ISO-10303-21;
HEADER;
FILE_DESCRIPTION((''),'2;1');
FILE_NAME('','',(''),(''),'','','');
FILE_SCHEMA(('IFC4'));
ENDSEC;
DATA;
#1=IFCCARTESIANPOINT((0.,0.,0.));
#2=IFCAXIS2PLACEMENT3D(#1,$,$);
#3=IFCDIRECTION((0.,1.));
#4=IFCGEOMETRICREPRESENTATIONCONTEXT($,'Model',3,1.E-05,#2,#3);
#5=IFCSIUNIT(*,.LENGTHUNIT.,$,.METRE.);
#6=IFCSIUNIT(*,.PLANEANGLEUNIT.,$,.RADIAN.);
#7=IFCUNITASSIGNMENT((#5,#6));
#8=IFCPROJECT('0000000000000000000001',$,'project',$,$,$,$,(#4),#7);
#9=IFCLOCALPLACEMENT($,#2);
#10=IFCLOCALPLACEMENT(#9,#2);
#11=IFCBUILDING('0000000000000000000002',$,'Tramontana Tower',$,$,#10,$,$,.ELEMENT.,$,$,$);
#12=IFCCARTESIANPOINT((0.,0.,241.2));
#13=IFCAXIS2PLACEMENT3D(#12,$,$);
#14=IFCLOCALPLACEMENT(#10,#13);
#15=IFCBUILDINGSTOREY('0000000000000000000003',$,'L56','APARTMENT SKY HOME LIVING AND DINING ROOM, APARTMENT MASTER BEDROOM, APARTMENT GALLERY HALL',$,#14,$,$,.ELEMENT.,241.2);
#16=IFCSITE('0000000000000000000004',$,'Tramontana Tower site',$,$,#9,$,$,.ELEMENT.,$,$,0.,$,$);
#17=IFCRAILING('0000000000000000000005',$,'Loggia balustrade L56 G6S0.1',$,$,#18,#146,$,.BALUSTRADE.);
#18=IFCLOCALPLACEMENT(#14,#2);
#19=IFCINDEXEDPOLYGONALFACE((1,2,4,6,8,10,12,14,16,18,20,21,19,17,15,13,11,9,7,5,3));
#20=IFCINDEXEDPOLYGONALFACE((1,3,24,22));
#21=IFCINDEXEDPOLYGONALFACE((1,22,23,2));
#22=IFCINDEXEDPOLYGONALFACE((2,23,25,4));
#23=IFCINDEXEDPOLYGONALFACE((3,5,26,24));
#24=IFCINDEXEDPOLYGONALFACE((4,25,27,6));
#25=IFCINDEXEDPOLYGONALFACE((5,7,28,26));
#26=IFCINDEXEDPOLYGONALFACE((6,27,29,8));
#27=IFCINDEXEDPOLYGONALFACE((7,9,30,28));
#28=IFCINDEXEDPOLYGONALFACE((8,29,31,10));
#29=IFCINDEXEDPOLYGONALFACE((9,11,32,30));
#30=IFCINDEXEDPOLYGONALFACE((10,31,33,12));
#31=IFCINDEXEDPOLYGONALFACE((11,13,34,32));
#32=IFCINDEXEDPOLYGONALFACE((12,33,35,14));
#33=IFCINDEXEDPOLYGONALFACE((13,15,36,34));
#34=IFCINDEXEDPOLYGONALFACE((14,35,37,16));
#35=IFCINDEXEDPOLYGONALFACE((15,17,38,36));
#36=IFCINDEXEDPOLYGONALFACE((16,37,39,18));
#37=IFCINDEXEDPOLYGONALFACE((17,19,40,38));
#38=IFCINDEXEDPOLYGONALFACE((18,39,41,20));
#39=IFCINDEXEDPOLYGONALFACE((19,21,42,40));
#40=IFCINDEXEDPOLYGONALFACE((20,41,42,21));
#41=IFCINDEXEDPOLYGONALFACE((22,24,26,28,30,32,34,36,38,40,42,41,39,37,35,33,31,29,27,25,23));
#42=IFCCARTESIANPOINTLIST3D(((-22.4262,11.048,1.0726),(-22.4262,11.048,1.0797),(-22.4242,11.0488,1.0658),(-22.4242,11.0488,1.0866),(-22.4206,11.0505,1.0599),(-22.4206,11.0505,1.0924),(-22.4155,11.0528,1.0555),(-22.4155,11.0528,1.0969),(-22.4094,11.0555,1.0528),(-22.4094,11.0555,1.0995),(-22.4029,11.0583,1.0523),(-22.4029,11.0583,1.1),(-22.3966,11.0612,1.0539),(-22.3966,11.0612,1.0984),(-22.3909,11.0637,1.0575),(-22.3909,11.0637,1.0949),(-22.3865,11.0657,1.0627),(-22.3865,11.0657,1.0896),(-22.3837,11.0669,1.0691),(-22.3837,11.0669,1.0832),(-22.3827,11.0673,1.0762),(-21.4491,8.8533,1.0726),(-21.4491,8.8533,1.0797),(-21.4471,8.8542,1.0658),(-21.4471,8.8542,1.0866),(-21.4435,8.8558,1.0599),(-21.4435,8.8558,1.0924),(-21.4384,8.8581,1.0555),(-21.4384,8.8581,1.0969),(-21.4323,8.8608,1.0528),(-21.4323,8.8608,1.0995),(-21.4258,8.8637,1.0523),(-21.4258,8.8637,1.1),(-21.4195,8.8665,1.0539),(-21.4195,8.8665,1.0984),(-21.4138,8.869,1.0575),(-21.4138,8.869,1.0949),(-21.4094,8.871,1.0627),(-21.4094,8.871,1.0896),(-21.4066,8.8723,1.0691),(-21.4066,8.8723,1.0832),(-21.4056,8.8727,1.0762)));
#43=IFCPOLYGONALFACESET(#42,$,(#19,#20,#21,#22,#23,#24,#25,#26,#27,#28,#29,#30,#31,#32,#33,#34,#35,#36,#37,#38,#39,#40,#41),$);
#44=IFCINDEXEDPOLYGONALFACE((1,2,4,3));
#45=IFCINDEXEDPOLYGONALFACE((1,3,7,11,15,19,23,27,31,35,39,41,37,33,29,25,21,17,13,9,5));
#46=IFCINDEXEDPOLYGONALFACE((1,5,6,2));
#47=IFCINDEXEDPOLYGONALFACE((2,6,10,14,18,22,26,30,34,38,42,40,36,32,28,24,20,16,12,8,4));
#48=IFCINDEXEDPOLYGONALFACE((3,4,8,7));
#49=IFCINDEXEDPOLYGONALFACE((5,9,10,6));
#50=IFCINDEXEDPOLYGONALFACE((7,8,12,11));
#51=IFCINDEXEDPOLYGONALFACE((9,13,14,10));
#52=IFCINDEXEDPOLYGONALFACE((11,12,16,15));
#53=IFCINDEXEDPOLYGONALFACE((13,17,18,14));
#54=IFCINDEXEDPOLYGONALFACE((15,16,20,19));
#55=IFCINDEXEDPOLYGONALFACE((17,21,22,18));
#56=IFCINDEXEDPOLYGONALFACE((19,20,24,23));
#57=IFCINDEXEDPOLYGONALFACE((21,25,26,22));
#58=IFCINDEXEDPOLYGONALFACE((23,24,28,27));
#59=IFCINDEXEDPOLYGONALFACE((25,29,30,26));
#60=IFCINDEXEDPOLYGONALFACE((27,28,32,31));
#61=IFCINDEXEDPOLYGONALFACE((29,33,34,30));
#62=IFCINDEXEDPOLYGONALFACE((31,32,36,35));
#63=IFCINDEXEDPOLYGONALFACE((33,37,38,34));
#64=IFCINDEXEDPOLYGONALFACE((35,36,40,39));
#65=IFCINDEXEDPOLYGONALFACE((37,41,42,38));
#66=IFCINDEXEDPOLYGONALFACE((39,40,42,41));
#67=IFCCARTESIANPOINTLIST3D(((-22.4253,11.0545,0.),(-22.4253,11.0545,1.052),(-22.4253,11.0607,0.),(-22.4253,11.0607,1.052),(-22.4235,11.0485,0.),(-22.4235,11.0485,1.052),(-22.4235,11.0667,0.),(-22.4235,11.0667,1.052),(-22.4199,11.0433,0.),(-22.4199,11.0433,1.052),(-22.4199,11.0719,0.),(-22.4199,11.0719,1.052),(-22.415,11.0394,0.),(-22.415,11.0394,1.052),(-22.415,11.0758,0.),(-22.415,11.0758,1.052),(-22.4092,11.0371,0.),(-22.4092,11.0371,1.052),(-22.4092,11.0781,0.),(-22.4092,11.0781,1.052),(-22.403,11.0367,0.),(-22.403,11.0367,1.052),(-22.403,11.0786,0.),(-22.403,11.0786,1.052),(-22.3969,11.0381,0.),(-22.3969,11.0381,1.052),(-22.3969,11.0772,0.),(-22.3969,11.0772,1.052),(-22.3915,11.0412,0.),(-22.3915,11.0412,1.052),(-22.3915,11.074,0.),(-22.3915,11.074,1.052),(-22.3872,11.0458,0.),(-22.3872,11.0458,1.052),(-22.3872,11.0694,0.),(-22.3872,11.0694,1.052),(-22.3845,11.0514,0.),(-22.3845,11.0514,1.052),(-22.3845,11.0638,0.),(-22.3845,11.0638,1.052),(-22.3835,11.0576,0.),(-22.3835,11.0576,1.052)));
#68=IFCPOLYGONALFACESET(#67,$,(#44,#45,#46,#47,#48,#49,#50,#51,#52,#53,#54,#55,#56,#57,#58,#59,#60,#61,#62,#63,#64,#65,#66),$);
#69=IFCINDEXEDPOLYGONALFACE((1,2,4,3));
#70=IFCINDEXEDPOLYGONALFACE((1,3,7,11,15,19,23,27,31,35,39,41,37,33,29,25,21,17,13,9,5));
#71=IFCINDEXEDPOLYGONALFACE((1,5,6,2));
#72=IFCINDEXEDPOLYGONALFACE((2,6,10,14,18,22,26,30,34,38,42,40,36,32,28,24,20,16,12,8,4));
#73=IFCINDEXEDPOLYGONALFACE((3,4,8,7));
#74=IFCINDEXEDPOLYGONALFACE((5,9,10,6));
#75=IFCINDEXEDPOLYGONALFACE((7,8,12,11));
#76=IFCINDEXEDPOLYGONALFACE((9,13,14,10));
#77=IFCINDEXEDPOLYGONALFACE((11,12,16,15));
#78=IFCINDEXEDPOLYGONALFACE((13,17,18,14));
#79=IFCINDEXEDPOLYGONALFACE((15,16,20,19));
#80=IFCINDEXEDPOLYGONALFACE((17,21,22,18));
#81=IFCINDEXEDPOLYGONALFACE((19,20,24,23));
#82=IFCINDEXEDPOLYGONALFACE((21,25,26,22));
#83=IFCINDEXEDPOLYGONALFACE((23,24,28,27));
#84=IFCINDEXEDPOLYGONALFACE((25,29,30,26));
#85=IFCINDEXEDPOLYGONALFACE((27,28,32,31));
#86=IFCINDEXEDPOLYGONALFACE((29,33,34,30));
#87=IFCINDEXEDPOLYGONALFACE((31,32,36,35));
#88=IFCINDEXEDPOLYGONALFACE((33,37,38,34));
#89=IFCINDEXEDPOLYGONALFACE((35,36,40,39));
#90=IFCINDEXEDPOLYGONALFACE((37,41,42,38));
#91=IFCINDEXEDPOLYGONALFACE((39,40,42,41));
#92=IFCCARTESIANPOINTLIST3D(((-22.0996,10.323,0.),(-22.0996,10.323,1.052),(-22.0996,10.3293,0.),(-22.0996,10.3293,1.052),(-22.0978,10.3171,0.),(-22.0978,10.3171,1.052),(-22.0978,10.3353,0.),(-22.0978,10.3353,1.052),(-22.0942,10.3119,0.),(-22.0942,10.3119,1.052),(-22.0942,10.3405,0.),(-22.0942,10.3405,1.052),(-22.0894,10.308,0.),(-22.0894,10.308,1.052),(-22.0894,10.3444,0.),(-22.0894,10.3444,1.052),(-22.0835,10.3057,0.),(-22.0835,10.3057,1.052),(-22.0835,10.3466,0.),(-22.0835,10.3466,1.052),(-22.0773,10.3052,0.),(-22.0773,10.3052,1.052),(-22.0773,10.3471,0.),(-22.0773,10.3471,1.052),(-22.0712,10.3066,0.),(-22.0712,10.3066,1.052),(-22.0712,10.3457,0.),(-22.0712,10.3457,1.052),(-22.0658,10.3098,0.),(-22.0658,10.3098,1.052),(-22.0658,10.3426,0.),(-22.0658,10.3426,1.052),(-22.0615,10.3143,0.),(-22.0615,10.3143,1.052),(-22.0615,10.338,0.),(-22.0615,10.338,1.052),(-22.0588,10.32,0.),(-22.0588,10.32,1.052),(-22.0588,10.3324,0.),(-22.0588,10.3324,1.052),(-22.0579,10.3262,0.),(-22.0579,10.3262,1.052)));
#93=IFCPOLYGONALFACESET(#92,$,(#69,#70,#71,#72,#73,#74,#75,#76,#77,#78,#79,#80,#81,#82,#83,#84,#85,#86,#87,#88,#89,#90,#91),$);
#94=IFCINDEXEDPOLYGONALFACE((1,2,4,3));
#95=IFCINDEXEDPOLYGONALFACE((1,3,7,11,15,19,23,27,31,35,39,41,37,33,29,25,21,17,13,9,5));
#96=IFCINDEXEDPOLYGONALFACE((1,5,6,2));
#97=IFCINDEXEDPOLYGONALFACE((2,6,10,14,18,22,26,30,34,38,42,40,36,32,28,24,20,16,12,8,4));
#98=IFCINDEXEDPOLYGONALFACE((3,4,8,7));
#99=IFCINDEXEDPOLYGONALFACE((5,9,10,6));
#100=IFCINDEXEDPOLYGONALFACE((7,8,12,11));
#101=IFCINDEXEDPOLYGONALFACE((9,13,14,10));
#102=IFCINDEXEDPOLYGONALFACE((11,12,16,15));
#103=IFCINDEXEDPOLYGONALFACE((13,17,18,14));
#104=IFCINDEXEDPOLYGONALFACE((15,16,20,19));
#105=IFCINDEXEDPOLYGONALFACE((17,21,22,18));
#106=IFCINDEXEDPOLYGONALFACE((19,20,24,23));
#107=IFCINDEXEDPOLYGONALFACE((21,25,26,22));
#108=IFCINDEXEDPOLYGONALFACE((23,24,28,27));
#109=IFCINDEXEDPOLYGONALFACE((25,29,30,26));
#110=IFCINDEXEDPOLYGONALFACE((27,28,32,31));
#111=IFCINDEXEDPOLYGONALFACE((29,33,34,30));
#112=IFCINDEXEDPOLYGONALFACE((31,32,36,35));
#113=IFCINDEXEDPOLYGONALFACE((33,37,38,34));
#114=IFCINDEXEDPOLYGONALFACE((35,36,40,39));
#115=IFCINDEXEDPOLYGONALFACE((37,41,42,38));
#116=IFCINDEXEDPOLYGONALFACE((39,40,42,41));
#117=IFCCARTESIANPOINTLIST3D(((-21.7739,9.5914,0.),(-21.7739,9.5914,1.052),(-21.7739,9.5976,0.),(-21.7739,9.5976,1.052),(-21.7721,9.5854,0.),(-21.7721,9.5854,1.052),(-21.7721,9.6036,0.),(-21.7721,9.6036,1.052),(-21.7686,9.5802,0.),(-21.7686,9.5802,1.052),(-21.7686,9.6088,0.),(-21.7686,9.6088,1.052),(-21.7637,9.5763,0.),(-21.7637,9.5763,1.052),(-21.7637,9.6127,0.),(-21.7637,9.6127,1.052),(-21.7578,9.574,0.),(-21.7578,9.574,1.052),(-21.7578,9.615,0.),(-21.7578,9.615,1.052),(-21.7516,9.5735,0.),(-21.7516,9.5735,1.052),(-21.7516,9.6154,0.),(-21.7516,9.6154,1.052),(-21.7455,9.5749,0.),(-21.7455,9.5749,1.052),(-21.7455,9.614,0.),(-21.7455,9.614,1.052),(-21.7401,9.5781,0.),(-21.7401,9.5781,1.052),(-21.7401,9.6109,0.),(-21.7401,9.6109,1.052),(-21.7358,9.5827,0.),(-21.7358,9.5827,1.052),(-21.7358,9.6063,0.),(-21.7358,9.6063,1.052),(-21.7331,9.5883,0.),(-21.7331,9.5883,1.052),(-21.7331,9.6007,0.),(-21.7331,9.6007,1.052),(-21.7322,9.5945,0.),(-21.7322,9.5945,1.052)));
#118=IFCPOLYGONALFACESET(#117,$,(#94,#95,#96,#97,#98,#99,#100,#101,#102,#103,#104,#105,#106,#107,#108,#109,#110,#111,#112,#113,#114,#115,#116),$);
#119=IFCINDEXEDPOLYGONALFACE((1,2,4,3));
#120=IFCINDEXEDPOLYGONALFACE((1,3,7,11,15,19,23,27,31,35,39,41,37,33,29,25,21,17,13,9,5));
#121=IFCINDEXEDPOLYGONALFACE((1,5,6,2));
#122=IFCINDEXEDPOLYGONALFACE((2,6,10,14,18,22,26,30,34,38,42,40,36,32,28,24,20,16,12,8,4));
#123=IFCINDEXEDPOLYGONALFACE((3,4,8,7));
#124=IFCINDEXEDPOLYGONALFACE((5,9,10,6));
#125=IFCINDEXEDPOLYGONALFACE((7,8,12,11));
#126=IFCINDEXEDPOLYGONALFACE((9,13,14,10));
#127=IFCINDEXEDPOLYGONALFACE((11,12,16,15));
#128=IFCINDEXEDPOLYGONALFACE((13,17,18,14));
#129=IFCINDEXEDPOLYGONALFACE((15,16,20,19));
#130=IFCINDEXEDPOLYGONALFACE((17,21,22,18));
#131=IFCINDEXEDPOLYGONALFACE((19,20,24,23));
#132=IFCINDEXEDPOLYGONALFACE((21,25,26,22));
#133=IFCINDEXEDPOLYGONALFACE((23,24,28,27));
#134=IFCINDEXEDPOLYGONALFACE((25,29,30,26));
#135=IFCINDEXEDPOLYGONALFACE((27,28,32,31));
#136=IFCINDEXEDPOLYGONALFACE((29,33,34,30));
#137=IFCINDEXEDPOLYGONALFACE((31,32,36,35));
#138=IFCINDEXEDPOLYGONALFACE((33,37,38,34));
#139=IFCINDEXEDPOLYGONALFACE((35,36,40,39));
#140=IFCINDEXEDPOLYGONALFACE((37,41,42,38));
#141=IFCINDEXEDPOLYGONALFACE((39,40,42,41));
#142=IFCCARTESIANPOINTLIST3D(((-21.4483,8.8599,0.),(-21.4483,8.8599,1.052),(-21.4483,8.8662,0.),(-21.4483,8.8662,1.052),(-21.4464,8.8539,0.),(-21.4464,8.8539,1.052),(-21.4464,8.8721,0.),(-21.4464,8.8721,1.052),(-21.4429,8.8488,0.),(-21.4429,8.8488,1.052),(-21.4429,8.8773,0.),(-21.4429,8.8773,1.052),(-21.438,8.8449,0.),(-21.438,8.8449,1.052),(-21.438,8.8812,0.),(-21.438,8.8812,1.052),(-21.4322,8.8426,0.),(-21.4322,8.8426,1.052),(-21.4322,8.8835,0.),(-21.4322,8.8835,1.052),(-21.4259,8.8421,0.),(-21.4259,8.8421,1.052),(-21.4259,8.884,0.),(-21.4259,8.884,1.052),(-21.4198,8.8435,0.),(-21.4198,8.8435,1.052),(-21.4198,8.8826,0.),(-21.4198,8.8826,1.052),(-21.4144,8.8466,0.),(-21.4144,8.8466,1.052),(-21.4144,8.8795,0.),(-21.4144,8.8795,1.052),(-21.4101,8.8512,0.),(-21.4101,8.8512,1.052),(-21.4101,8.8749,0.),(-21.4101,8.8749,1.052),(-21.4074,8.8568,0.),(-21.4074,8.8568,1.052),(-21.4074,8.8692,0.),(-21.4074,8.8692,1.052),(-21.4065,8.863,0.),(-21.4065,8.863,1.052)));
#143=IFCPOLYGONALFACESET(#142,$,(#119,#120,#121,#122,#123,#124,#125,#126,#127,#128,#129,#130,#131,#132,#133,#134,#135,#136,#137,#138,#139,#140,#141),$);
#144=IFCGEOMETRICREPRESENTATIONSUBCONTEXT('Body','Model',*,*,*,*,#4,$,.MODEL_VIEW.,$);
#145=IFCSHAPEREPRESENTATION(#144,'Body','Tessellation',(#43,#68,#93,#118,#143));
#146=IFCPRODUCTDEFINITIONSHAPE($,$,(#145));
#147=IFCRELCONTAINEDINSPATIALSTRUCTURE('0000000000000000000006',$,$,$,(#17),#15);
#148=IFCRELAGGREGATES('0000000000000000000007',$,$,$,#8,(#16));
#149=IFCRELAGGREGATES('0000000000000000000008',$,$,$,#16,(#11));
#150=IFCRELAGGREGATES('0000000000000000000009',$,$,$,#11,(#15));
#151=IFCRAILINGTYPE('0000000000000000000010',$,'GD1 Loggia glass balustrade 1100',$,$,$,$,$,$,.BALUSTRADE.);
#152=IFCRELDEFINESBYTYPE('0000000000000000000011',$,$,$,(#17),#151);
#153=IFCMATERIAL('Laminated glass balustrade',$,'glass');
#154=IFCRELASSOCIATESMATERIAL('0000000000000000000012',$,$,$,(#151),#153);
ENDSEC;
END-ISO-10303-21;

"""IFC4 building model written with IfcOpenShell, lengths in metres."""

from ifc_helpers import new_model, si_unit, direction, frame, origin, origin_2d, place, context, subcontext, project, spatial, circle, extrude, material, type_object, element, save


model = new_model("IFC4")

# Units and contexts
model_context = context("Model", 3, precision=1e-05, world=origin(), true_north=direction((0.0, 1.0)))
body_context = subcontext(model_context, "Body", "Model", "MODEL_VIEW")
ifc_project = project(units=[si_unit("LENGTHUNIT", "METRE"), si_unit("PLANEANGLEUNIT", "RADIAN")], contexts=[model_context])

# Site, building, storey
site_placement = place(None, origin())
site = spatial("IfcSite", under=ifc_project, at=site_placement, Name="Tramontana Tower site", CompositionType="ELEMENT", RefElevation=0.0)
building_placement = place(site_placement, origin())
building = spatial("IfcBuilding", under=site, at=building_placement, Name="Tramontana Tower", CompositionType="ELEMENT")
storey_placement = place(building_placement, frame((0.0, 0.0, 241.2)))
storey = spatial("IfcBuildingStorey", under=building, at=storey_placement, Name="L56", Description="APARTMENT SKY HOME LIVING AND DINING ROOM, APARTMENT MASTER BEDROOM, APARTMENT GALLERY HALL", CompositionType="ELEMENT", Elevation=241.2)

# Railing
ifc_material_1 = material(Name="Laminated glass balustrade", Category="glass")
railing_type = type_object("IfcRailingType", Name="GD1 Loggia glass balustrade 1100", PredefinedType="BALUSTRADE", material=ifc_material_1)
railing_placement = place(storey_placement, frame((-22.4045, 11.0576, 0.0)))
element("IfcRailing", 1, at=railing_placement, inside=storey, type_object=railing_type, Name="Loggia balustrade L56 G6S0.1", PredefinedType="BALUSTRADE", context=body_context, shape_type="SweptSolid", body=[
    extrude(circle(Radius=0.0239, at=origin_2d()), frame((0.0, 0.0, 1.0762), z_axis=(0.406723, -0.913552, 0.0), x_axis=(0.913552, 0.406723, 0.0)), (0.0, 0.0, 1.0), 2.4023),
    extrude(circle(Radius=0.021, at=origin_2d()), origin(), (0.0, 0.0, 1.0), 1.052),
    extrude(circle(Radius=0.021, at=origin_2d()), frame((0.3257, -0.7314, 0.0)), (0.0, 0.0, 1.0), 1.052),
    extrude(circle(Radius=0.021, at=origin_2d()), frame((0.6514, -1.4631, 0.0)), (0.0, 0.0, 1.0), 1.052),
    extrude(circle(Radius=0.021, at=origin_2d()), frame((0.9771, -2.1946, 0.0)), (0.0, 0.0, 1.0), 1.052),
])

save(model, "model.ifc")
